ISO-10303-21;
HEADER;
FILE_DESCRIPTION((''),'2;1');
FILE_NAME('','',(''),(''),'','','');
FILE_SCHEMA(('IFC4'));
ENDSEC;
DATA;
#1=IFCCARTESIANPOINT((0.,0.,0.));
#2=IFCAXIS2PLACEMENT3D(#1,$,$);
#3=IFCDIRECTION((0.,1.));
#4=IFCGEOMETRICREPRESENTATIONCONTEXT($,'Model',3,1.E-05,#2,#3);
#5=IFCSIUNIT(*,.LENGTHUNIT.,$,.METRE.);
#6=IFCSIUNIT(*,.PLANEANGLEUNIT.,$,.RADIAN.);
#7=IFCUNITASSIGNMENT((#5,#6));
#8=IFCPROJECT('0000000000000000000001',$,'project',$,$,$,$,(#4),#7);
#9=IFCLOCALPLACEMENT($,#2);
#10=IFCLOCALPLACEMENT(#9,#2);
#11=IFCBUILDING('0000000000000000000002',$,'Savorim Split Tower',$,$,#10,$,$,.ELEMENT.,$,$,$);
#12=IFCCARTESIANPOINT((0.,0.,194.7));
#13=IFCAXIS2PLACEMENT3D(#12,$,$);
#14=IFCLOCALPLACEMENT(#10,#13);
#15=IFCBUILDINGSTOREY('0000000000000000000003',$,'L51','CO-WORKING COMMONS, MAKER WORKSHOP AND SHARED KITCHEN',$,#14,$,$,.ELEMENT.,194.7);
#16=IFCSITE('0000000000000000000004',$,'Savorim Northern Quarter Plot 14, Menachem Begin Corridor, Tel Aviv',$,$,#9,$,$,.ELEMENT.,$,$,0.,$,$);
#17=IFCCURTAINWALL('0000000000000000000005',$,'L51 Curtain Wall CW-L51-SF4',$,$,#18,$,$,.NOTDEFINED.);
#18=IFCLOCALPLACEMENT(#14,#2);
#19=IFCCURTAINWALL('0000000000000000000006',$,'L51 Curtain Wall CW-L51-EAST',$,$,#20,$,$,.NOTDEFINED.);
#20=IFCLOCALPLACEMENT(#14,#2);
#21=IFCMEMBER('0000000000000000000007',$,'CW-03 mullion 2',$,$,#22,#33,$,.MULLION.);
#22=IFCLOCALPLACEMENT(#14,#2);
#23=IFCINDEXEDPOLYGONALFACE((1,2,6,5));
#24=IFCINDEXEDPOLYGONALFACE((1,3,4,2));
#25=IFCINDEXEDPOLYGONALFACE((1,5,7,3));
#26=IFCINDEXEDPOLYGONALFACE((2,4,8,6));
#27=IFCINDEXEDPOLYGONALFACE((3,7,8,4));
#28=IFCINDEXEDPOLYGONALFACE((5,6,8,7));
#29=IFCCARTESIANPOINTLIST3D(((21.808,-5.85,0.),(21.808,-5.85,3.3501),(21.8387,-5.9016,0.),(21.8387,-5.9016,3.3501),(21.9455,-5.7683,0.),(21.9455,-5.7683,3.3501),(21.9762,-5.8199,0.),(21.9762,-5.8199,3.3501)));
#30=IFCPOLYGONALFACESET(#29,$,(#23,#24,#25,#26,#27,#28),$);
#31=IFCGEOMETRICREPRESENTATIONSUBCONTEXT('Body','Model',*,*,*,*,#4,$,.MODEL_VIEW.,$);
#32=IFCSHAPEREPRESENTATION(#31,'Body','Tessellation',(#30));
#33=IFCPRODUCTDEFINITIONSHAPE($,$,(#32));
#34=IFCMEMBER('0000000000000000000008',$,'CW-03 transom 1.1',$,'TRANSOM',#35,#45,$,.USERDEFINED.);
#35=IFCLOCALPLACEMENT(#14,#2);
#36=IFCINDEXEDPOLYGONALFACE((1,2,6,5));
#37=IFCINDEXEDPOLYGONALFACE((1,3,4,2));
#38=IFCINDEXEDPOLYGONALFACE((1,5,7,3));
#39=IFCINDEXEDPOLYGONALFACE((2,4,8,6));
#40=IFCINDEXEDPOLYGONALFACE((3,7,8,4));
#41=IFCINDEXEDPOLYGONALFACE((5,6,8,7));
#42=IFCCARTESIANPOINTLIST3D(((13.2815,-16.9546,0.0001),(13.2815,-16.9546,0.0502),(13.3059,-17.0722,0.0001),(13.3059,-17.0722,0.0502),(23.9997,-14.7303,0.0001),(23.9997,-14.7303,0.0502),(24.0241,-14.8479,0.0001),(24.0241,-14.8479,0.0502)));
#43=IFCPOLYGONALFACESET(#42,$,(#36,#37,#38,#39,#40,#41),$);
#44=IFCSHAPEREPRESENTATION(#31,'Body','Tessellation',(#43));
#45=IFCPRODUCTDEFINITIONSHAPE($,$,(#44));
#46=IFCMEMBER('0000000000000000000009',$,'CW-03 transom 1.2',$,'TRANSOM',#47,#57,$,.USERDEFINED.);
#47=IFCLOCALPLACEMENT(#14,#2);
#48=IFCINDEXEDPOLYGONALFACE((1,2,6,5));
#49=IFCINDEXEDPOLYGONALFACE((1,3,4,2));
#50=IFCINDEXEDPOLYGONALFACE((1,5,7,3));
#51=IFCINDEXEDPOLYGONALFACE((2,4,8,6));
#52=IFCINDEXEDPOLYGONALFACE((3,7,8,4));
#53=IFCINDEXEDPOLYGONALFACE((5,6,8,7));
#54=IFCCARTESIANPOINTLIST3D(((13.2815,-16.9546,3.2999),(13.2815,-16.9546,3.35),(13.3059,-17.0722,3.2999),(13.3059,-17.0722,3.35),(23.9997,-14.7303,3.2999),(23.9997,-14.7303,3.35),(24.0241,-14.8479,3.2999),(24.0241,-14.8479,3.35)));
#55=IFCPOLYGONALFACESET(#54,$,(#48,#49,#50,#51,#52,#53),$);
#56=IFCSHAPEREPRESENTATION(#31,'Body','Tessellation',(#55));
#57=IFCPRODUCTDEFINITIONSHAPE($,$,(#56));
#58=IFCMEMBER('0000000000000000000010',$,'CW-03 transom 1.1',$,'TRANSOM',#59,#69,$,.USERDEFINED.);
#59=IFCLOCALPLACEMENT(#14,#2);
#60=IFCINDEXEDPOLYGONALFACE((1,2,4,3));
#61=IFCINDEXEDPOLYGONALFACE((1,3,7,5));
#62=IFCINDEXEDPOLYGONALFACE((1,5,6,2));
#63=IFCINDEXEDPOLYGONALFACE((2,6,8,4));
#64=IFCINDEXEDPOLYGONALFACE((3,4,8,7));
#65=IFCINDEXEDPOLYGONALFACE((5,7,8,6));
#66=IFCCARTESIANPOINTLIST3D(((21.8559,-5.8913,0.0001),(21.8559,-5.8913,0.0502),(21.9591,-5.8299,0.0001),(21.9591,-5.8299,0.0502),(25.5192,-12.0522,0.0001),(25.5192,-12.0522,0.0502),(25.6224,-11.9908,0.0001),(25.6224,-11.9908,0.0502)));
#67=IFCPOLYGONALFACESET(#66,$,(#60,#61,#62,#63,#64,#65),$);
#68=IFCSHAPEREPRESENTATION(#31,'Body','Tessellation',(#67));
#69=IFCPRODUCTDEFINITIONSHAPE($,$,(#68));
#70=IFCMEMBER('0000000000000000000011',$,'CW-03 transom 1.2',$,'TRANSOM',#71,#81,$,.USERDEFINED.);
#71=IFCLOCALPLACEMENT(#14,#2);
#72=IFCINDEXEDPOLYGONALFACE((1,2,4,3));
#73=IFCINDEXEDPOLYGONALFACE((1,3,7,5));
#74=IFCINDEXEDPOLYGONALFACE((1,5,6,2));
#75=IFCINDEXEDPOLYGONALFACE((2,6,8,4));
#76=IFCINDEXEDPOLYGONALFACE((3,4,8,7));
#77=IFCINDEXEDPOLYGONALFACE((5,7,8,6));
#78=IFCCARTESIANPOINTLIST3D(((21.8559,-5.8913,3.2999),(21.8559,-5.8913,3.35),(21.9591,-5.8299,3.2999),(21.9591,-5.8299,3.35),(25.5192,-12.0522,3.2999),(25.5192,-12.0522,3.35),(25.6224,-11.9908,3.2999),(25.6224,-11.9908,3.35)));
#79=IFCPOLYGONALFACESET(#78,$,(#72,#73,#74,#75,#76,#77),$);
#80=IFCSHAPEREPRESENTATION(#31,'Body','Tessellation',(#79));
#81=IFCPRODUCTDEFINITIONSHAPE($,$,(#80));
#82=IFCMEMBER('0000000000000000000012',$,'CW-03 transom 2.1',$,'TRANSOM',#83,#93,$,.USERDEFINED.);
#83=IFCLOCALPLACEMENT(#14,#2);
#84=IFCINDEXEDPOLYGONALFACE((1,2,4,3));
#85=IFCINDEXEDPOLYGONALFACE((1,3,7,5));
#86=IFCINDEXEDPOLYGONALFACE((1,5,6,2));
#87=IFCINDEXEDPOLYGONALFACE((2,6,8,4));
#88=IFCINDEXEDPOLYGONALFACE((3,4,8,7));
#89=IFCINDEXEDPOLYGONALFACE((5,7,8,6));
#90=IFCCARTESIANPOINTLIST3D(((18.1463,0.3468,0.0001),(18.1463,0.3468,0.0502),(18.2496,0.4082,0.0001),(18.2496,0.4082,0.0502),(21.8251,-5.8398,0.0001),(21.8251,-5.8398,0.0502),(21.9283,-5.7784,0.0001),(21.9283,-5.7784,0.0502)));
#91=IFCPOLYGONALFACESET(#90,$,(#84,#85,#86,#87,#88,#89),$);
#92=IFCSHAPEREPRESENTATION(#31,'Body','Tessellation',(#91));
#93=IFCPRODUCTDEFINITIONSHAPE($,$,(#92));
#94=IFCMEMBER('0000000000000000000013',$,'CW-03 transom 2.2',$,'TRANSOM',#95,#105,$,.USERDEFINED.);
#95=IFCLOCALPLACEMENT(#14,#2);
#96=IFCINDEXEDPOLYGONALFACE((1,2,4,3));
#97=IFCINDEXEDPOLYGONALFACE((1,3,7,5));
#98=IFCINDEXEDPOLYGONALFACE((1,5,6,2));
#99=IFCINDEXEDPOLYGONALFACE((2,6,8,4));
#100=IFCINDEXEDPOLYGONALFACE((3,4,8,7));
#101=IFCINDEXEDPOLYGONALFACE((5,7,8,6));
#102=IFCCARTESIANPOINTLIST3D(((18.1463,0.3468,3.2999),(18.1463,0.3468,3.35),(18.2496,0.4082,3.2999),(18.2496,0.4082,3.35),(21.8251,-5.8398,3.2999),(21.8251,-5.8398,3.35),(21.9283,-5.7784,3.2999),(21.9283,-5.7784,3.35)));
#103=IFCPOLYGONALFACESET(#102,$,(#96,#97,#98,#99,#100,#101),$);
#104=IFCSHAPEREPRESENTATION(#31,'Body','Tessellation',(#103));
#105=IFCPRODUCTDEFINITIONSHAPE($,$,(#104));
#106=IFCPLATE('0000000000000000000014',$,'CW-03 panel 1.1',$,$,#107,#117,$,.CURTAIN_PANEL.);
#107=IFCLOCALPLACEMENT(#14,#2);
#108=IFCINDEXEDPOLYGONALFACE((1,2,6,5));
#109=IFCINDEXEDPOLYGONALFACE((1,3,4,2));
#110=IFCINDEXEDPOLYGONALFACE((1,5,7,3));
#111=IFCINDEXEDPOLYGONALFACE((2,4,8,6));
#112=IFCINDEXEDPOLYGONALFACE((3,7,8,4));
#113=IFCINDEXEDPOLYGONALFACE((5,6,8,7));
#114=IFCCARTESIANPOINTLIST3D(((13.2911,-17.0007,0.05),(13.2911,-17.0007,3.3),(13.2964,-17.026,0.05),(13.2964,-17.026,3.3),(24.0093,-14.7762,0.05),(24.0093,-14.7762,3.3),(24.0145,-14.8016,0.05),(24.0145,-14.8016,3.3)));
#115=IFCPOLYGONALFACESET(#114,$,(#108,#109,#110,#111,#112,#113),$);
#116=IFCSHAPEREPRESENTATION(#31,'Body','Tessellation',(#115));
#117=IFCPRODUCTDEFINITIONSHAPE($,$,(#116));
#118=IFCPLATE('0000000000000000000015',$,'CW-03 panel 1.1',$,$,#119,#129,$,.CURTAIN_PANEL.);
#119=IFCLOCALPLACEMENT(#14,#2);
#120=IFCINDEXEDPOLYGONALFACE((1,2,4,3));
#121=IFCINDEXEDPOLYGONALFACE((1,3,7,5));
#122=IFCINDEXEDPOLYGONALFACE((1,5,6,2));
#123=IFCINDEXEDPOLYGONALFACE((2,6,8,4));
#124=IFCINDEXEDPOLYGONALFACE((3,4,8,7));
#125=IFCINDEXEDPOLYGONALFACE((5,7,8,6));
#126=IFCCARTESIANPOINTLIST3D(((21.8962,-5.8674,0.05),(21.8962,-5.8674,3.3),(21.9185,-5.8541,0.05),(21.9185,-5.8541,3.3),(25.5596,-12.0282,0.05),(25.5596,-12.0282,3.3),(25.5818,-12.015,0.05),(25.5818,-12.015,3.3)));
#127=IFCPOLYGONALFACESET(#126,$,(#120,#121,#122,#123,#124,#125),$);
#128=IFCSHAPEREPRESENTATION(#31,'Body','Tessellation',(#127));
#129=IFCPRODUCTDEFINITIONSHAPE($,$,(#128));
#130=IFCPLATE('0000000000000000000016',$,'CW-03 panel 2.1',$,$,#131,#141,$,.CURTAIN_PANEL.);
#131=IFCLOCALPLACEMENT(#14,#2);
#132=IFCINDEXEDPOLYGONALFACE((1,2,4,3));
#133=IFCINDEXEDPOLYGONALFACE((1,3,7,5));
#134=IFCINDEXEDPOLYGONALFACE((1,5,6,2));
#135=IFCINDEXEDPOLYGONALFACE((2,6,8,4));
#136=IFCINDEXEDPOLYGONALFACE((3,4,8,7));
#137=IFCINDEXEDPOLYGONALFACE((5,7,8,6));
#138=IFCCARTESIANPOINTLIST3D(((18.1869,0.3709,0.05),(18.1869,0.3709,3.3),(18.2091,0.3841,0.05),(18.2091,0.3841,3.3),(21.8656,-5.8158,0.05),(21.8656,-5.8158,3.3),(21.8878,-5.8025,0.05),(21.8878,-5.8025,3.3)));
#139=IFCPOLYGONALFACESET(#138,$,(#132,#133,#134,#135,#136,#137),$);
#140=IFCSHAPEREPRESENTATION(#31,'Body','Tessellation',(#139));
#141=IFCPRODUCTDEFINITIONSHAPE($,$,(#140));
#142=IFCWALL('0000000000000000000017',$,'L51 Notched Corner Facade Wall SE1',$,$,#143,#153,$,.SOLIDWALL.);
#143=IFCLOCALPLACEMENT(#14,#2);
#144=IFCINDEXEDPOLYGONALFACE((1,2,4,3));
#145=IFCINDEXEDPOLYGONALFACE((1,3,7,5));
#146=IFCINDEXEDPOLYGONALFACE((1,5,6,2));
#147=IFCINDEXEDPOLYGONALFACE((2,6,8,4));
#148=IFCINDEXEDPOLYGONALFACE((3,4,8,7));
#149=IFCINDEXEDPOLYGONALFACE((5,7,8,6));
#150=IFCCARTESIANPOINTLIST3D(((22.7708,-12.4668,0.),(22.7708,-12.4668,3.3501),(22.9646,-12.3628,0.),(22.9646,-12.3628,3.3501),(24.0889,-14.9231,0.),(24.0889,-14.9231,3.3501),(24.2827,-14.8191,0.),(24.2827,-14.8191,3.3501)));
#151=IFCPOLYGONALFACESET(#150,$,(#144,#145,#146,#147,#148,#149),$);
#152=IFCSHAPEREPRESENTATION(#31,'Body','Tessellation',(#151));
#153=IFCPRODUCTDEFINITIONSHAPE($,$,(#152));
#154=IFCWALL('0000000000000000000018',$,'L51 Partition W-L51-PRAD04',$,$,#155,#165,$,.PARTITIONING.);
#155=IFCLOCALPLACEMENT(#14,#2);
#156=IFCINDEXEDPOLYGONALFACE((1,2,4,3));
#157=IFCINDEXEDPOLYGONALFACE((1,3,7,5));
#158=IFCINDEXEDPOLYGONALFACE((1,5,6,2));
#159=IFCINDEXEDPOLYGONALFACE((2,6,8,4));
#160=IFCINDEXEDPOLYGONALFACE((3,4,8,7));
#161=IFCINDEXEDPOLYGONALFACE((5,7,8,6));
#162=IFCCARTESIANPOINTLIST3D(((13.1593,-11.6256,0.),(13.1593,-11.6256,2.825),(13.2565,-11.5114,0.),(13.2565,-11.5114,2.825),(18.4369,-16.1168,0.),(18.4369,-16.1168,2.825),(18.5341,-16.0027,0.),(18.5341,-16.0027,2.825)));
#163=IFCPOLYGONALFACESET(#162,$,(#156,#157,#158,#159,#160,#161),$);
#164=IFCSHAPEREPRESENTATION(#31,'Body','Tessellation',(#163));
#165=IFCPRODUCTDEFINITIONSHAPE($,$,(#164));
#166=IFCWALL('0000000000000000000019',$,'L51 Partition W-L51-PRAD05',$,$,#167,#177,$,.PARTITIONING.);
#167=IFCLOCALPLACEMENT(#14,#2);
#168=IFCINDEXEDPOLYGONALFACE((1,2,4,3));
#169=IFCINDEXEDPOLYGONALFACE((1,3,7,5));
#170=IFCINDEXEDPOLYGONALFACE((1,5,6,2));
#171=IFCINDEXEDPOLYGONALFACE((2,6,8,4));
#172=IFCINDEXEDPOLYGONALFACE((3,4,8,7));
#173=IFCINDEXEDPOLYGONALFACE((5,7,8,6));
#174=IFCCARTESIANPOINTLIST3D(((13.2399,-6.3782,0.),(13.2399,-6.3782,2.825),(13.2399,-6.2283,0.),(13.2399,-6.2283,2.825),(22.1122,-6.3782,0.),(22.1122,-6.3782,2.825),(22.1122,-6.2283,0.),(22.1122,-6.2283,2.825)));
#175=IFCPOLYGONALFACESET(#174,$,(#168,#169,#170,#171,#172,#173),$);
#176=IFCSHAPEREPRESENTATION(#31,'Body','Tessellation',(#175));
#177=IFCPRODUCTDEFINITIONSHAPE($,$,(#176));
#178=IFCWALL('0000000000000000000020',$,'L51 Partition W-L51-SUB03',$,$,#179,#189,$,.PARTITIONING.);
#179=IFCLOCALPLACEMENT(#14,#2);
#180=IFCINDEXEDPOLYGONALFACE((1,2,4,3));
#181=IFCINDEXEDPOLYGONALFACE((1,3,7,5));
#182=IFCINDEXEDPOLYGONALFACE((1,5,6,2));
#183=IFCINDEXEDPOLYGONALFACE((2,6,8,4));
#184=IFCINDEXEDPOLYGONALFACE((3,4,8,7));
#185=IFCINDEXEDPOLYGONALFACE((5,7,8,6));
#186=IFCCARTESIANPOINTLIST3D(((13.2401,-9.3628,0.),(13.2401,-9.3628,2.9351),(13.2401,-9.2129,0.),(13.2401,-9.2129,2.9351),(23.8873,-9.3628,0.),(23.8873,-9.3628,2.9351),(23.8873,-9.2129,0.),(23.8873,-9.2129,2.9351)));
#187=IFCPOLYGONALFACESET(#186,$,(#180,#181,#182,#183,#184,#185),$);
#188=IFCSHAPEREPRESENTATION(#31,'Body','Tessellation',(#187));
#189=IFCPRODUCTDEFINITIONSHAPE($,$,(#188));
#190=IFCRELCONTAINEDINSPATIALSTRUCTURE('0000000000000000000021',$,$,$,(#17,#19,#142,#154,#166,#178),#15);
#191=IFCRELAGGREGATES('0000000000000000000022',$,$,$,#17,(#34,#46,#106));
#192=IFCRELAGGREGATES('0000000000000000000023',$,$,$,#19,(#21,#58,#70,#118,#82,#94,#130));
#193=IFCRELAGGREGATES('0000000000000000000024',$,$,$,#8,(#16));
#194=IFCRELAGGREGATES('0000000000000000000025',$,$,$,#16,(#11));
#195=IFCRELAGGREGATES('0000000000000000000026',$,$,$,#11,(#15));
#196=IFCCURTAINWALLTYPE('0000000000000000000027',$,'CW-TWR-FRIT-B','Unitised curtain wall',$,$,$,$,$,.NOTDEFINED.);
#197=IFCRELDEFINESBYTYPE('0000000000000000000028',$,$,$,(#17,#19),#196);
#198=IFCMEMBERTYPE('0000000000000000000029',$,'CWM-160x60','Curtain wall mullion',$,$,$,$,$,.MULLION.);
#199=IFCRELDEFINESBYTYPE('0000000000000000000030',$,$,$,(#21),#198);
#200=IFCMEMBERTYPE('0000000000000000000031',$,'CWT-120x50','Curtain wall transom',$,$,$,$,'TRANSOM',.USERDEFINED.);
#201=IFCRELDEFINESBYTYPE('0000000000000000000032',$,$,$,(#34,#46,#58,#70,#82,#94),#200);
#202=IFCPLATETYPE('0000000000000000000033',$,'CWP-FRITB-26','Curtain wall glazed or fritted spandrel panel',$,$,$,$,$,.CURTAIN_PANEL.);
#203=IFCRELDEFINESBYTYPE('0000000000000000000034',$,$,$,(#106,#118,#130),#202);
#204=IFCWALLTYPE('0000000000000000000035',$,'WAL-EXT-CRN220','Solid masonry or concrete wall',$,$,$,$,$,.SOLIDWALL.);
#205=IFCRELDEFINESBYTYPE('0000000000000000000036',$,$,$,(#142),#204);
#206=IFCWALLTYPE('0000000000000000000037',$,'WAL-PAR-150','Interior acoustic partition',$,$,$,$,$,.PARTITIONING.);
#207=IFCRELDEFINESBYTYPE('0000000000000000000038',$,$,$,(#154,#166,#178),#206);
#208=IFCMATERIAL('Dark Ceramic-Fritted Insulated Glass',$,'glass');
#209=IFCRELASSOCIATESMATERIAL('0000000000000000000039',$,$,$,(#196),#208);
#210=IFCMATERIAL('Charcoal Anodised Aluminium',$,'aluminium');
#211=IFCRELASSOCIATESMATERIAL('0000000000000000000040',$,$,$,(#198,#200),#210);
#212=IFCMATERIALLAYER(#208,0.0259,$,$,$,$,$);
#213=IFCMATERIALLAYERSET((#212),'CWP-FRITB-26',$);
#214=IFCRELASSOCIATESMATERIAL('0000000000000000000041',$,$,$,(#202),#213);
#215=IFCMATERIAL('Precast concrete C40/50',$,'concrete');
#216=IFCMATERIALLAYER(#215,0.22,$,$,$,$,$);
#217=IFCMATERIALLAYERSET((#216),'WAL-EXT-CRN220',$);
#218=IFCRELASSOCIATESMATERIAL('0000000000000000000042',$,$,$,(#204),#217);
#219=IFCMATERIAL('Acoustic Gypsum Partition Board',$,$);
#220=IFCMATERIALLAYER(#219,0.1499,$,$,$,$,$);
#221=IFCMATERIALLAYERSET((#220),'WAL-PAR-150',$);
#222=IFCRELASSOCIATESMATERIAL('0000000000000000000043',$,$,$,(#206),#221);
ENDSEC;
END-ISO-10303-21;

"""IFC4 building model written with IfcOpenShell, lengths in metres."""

from ifc_helpers import new_model, si_unit, direction, frame, frame_2d, origin, origin_2d, place, context, subcontext, project, spatial, rectangle, extrude, material, layer, layer_set, material_profile, profile_set, type_object, element, aggregate, save


model = new_model("IFC4")

# Units and contexts
model_context = context("Model", 3, precision=1e-05, world=origin(), true_north=direction((0.0, 1.0)))
body_context = subcontext(model_context, "Body", "Model", "MODEL_VIEW")
ifc_project = project(units=[si_unit("LENGTHUNIT", "METRE"), si_unit("PLANEANGLEUNIT", "RADIAN")], contexts=[model_context])

# Site, building, storey
site_placement = place(None, origin())
site = spatial("IfcSite", under=ifc_project, at=site_placement, Name="Savorim Northern Quarter Plot 14, Menachem Begin Corridor, Tel Aviv", CompositionType="ELEMENT", RefElevation=0.0)
building_placement = place(site_placement, origin())
building = spatial("IfcBuilding", under=site, at=building_placement, Name="Savorim Split Tower", CompositionType="ELEMENT")
storey_placement = place(building_placement, frame((0.0, 0.0, 194.7)))
storey = spatial("IfcBuildingStorey", under=building, at=storey_placement, Name="L51", Description="CO-WORKING COMMONS, MAKER WORKSHOP AND SHARED KITCHEN", CompositionType="ELEMENT", Elevation=194.7)

# Curtain walls, member
ifc_material_1 = material(Name="Dark Ceramic-Fritted Insulated Glass", Category="glass")
curtain_wall_type = type_object("IfcCurtainWallType", Name="CW-TWR-FRIT-B", Description="Unitised curtain wall", PredefinedType="NOTDEFINED", material=ifc_material_1)
curtain_wall_1_placement = place(storey_placement, origin())
curtain_wall_1 = element("IfcCurtainWall", 1, at=curtain_wall_1_placement, inside=storey, type_object=curtain_wall_type, Name="L51 Curtain Wall CW-L51-SF4", PredefinedType="NOTDEFINED")
ifc_material_2 = material(Name="Charcoal Anodised Aluminium", Category="aluminium")
ifc_material_profile_1 = material_profile(ifc_material_2, rectangle(XDim=0.1599, YDim=0.0601, at=origin_2d()), Name="ALU-M 160x60")
ifc_profile_set_1 = profile_set([ifc_material_profile_1], Name="Charcoal Anodised Aluminium")
member_type_1 = type_object("IfcMemberType", Name="CWM-160x60", Description="Curtain wall mullion", PredefinedType="MULLION", material=ifc_profile_set_1)
curtain_wall_2_placement = place(storey_placement, origin())
curtain_wall_2 = element("IfcCurtainWall", 2, at=curtain_wall_2_placement, inside=storey, type_object=curtain_wall_type, Name="L51 Curtain Wall CW-L51-EAST", PredefinedType="NOTDEFINED")
member_1_placement = place(storey_placement, frame((21.8921, -5.835, 0.0), z_axis=(0.0, 0.0, 1.0), x_axis=(-0.859526, -0.511092, 0.0)))
member_1 = element("IfcMember", 3, at=member_1_placement, type_object=member_type_1, Name="CW-03 mullion 2", PredefinedType="MULLION", context=body_context, shape_type="SweptSolid", body=[
    extrude(rectangle(XDim=0.1599, YDim=0.0601, at=origin_2d()), origin(), (0.0, 0.0, 1.0), 3.3501),
])

# Members
ifc_material_profile_2 = material_profile(ifc_material_2, rectangle(XDim=0.1201, YDim=0.05, at=origin_2d()), Name="ALU-T 120x50")
ifc_profile_set_2 = profile_set([ifc_material_profile_2], Name="Charcoal Anodised Aluminium")
member_type_2 = type_object("IfcMemberType", Name="CWT-120x50", Description="Curtain wall transom", ElementType="TRANSOM", PredefinedType="USERDEFINED", material=ifc_profile_set_2)
member_2_placement = place(storey_placement, frame((13.2937, -17.0134, 0.0251), z_axis=(0.979137, 0.203201, 0.0), x_axis=(-0.203201, 0.979137, 0.0)))
member_2 = element("IfcMember", 4, at=member_2_placement, type_object=member_type_2, Name="CW-03 transom 1.1", ObjectType="TRANSOM", PredefinedType="USERDEFINED", context=body_context, shape_type="SweptSolid", body=[
    extrude(rectangle(XDim=0.1201, YDim=0.05, at=origin_2d()), origin(), (0.0, 0.0, 1.0), 10.9465),
])
member_3_placement = place(storey_placement, frame((13.2937, -17.0134, 3.325), z_axis=(0.979137, 0.203201, 0.0), x_axis=(-0.203201, 0.979137, 0.0)))
member_3 = element("IfcMember", 5, at=member_3_placement, type_object=member_type_2, Name="CW-03 transom 1.2", ObjectType="TRANSOM", PredefinedType="USERDEFINED", context=body_context, shape_type="SweptSolid", body=[
    extrude(rectangle(XDim=0.1201, YDim=0.05, at=origin_2d()), origin(), (0.0, 0.0, 1.0), 10.9465),
])
member_4_placement = place(storey_placement, frame((25.5708, -12.0215, 0.0251), z_axis=(-0.511086, 0.85953, 0.0), x_axis=(-0.85953, -0.511086, 0.0)))
member_4 = element("IfcMember", 6, at=member_4_placement, type_object=member_type_2, Name="CW-03 transom 1.1", ObjectType="TRANSOM", PredefinedType="USERDEFINED", context=body_context, shape_type="SweptSolid", body=[
    extrude(rectangle(XDim=0.1201, YDim=0.05, at=origin_2d()), origin(), (0.0, 0.0, 1.0), 7.1677),
])
member_5_placement = place(storey_placement, frame((25.5708, -12.0215, 3.325), z_axis=(-0.511086, 0.85953, 0.0), x_axis=(-0.85953, -0.511086, 0.0)))
member_5 = element("IfcMember", 7, at=member_5_placement, type_object=member_type_2, Name="CW-03 transom 1.2", ObjectType="TRANSOM", PredefinedType="USERDEFINED", context=body_context, shape_type="SweptSolid", body=[
    extrude(rectangle(XDim=0.1201, YDim=0.05, at=origin_2d()), origin(), (0.0, 0.0, 1.0), 7.1677),
])
member_6_placement = place(storey_placement, frame((21.8767, -5.8091, 0.0251), z_axis=(-0.5111, 0.859521, 0.0), x_axis=(-0.859521, -0.5111, 0.0)))
member_6 = element("IfcMember", 8, at=member_6_placement, type_object=member_type_2, Name="CW-03 transom 2.1", ObjectType="TRANSOM", PredefinedType="USERDEFINED", context=body_context, shape_type="SweptSolid", body=[
    extrude(rectangle(XDim=0.1201, YDim=0.05, at=origin_2d()), origin(), (0.0, 0.0, 1.0), 7.1978),
])
member_7_placement = place(storey_placement, frame((21.8767, -5.8091, 3.325), z_axis=(-0.5111, 0.859521, 0.0), x_axis=(-0.859521, -0.5111, 0.0)))
member_7 = element("IfcMember", 9, at=member_7_placement, type_object=member_type_2, Name="CW-03 transom 2.2", ObjectType="TRANSOM", PredefinedType="USERDEFINED", context=body_context, shape_type="SweptSolid", body=[
    extrude(rectangle(XDim=0.1201, YDim=0.05, at=origin_2d()), origin(), (0.0, 0.0, 1.0), 7.1978),
])

# Plates
ifc_layer_1 = layer(ifc_material_1, 0.0259)
ifc_layer_set_1 = layer_set([ifc_layer_1], Name="CWP-FRITB-26")
plate_type = type_object("IfcPlateType", Name="CWP-FRITB-26", Description="Curtain wall glazed or fritted spandrel panel", PredefinedType="CURTAIN_PANEL", material=ifc_layer_set_1)
plate_1_placement = place(storey_placement, frame((18.6528, -15.9011, 0.05), z_axis=(0.0, 0.0, 1.0), x_axis=(0.979136, 0.203208, 0.0)))
plate_1 = element("IfcPlate", 10, at=plate_1_placement, type_object=plate_type, Name="CW-03 panel 1.1", PredefinedType="CURTAIN_PANEL", context=body_context, shape_type="SweptSolid", body=[
    extrude(rectangle(XDim=10.9465, YDim=0.0259, at=origin_2d()), origin(), (0.0, 0.0, 1.0), 3.25),
])
aggregate(curtain_wall_1, [member_2, member_3, plate_1])
plate_2_placement = place(storey_placement, frame((23.739, -8.9412, 0.05), z_axis=(0.0, 0.0, 1.0), x_axis=(-0.511092, 0.859526, 0.0)))
plate_2 = element("IfcPlate", 11, at=plate_2_placement, type_object=plate_type, Name="CW-03 panel 1.1", PredefinedType="CURTAIN_PANEL", context=body_context, shape_type="SweptSolid", body=[
    extrude(rectangle(XDim=7.1677, YDim=0.0259, at=origin_2d()), origin(), (0.0, 0.0, 1.0), 3.25),
])
plate_3_placement = place(storey_placement, frame((20.0374, -2.7158, 0.05), z_axis=(0.0, 0.0, 1.0), x_axis=(-0.511092, 0.859526, 0.0)))
plate_3 = element("IfcPlate", 12, at=plate_3_placement, type_object=plate_type, Name="CW-03 panel 2.1", PredefinedType="CURTAIN_PANEL", context=body_context, shape_type="SweptSolid", body=[
    extrude(rectangle(XDim=7.1978, YDim=0.0259, at=origin_2d()), origin(), (0.0, 0.0, 1.0), 3.25),
])
aggregate(curtain_wall_2, [member_1, member_4, member_5, plate_2, member_6, member_7, plate_3])

# Wall
ifc_material_3 = material(Name="Precast concrete C40/50", Category="concrete")
ifc_layer_2 = layer(ifc_material_3, 0.22)
ifc_layer_set_2 = layer_set([ifc_layer_2], Name="WAL-EXT-CRN220")
wall_type_1 = type_object("IfcWallType", Name="WAL-EXT-CRN220", Description="Solid masonry or concrete wall", PredefinedType="SOLIDWALL", material=ifc_layer_set_2)
wall_1_placement = place(storey_placement, frame((22.8677, -12.4148, 0.0), z_axis=(0.0, 0.0, 1.0), x_axis=(0.472846, -0.881145, 0.0)))
element("IfcWall", 13, at=wall_1_placement, inside=storey, type_object=wall_type_1, Name="L51 Notched Corner Facade Wall SE1", PredefinedType="SOLIDWALL", context=body_context, shape_type="SweptSolid", body=[
    extrude(rectangle(XDim=2.7876, YDim=0.22, at=frame_2d((1.3938, 0.0))), origin(), (0.0, 0.0, 1.0), 3.3501),
])

# Walls
ifc_material_4 = material(Name="Acoustic Gypsum Partition Board")
ifc_layer_3 = layer(ifc_material_4, 0.1499)
ifc_layer_set_3 = layer_set([ifc_layer_3], Name="WAL-PAR-150")
wall_type_2 = type_object("IfcWallType", Name="WAL-PAR-150", Description="Interior acoustic partition", PredefinedType="PARTITIONING", material=ifc_layer_set_3)
wall_2_placement = place(storey_placement, frame((13.208, -11.5686, 0.0), z_axis=(0.0, 0.0, 1.0), x_axis=(0.761565, -0.648089, 0.0)))
element("IfcWall", 14, at=wall_2_placement, inside=storey, type_object=wall_type_2, Name="L51 Partition W-L51-PRAD04", PredefinedType="PARTITIONING", context=body_context, shape_type="SweptSolid", body=[
    extrude(rectangle(XDim=6.9299, YDim=0.1499, at=frame_2d((3.4648, 0.0))), origin(), (0.0, 0.0, 1.0), 2.825),
])
wall_3_placement = place(storey_placement, frame((13.24, -6.3032, 0.0), z_axis=(0.0, 0.0, 1.0), x_axis=(1.0, 0.0, 0.0)))
element("IfcWall", 15, at=wall_3_placement, inside=storey, type_object=wall_type_2, Name="L51 Partition W-L51-PRAD05", PredefinedType="PARTITIONING", context=body_context, shape_type="SweptSolid", body=[
    extrude(rectangle(XDim=8.8723, YDim=0.1499, at=frame_2d((4.436, 0.0))), origin(), (0.0, 0.0, 1.0), 2.825),
])
wall_4_placement = place(storey_placement, frame((13.24, -9.2878, 0.0), z_axis=(0.0, 0.0, 1.0), x_axis=(1.0, 0.0, 0.0)))
element("IfcWall", 16, at=wall_4_placement, inside=storey, type_object=wall_type_2, Name="L51 Partition W-L51-SUB03", PredefinedType="PARTITIONING", context=body_context, shape_type="SweptSolid", body=[
    extrude(rectangle(XDim=10.6472, YDim=0.1499, at=frame_2d((5.3237, 0.0))), origin(), (0.0, 0.0, 1.0), 2.9351),
])

save(model, "model.ifc")
